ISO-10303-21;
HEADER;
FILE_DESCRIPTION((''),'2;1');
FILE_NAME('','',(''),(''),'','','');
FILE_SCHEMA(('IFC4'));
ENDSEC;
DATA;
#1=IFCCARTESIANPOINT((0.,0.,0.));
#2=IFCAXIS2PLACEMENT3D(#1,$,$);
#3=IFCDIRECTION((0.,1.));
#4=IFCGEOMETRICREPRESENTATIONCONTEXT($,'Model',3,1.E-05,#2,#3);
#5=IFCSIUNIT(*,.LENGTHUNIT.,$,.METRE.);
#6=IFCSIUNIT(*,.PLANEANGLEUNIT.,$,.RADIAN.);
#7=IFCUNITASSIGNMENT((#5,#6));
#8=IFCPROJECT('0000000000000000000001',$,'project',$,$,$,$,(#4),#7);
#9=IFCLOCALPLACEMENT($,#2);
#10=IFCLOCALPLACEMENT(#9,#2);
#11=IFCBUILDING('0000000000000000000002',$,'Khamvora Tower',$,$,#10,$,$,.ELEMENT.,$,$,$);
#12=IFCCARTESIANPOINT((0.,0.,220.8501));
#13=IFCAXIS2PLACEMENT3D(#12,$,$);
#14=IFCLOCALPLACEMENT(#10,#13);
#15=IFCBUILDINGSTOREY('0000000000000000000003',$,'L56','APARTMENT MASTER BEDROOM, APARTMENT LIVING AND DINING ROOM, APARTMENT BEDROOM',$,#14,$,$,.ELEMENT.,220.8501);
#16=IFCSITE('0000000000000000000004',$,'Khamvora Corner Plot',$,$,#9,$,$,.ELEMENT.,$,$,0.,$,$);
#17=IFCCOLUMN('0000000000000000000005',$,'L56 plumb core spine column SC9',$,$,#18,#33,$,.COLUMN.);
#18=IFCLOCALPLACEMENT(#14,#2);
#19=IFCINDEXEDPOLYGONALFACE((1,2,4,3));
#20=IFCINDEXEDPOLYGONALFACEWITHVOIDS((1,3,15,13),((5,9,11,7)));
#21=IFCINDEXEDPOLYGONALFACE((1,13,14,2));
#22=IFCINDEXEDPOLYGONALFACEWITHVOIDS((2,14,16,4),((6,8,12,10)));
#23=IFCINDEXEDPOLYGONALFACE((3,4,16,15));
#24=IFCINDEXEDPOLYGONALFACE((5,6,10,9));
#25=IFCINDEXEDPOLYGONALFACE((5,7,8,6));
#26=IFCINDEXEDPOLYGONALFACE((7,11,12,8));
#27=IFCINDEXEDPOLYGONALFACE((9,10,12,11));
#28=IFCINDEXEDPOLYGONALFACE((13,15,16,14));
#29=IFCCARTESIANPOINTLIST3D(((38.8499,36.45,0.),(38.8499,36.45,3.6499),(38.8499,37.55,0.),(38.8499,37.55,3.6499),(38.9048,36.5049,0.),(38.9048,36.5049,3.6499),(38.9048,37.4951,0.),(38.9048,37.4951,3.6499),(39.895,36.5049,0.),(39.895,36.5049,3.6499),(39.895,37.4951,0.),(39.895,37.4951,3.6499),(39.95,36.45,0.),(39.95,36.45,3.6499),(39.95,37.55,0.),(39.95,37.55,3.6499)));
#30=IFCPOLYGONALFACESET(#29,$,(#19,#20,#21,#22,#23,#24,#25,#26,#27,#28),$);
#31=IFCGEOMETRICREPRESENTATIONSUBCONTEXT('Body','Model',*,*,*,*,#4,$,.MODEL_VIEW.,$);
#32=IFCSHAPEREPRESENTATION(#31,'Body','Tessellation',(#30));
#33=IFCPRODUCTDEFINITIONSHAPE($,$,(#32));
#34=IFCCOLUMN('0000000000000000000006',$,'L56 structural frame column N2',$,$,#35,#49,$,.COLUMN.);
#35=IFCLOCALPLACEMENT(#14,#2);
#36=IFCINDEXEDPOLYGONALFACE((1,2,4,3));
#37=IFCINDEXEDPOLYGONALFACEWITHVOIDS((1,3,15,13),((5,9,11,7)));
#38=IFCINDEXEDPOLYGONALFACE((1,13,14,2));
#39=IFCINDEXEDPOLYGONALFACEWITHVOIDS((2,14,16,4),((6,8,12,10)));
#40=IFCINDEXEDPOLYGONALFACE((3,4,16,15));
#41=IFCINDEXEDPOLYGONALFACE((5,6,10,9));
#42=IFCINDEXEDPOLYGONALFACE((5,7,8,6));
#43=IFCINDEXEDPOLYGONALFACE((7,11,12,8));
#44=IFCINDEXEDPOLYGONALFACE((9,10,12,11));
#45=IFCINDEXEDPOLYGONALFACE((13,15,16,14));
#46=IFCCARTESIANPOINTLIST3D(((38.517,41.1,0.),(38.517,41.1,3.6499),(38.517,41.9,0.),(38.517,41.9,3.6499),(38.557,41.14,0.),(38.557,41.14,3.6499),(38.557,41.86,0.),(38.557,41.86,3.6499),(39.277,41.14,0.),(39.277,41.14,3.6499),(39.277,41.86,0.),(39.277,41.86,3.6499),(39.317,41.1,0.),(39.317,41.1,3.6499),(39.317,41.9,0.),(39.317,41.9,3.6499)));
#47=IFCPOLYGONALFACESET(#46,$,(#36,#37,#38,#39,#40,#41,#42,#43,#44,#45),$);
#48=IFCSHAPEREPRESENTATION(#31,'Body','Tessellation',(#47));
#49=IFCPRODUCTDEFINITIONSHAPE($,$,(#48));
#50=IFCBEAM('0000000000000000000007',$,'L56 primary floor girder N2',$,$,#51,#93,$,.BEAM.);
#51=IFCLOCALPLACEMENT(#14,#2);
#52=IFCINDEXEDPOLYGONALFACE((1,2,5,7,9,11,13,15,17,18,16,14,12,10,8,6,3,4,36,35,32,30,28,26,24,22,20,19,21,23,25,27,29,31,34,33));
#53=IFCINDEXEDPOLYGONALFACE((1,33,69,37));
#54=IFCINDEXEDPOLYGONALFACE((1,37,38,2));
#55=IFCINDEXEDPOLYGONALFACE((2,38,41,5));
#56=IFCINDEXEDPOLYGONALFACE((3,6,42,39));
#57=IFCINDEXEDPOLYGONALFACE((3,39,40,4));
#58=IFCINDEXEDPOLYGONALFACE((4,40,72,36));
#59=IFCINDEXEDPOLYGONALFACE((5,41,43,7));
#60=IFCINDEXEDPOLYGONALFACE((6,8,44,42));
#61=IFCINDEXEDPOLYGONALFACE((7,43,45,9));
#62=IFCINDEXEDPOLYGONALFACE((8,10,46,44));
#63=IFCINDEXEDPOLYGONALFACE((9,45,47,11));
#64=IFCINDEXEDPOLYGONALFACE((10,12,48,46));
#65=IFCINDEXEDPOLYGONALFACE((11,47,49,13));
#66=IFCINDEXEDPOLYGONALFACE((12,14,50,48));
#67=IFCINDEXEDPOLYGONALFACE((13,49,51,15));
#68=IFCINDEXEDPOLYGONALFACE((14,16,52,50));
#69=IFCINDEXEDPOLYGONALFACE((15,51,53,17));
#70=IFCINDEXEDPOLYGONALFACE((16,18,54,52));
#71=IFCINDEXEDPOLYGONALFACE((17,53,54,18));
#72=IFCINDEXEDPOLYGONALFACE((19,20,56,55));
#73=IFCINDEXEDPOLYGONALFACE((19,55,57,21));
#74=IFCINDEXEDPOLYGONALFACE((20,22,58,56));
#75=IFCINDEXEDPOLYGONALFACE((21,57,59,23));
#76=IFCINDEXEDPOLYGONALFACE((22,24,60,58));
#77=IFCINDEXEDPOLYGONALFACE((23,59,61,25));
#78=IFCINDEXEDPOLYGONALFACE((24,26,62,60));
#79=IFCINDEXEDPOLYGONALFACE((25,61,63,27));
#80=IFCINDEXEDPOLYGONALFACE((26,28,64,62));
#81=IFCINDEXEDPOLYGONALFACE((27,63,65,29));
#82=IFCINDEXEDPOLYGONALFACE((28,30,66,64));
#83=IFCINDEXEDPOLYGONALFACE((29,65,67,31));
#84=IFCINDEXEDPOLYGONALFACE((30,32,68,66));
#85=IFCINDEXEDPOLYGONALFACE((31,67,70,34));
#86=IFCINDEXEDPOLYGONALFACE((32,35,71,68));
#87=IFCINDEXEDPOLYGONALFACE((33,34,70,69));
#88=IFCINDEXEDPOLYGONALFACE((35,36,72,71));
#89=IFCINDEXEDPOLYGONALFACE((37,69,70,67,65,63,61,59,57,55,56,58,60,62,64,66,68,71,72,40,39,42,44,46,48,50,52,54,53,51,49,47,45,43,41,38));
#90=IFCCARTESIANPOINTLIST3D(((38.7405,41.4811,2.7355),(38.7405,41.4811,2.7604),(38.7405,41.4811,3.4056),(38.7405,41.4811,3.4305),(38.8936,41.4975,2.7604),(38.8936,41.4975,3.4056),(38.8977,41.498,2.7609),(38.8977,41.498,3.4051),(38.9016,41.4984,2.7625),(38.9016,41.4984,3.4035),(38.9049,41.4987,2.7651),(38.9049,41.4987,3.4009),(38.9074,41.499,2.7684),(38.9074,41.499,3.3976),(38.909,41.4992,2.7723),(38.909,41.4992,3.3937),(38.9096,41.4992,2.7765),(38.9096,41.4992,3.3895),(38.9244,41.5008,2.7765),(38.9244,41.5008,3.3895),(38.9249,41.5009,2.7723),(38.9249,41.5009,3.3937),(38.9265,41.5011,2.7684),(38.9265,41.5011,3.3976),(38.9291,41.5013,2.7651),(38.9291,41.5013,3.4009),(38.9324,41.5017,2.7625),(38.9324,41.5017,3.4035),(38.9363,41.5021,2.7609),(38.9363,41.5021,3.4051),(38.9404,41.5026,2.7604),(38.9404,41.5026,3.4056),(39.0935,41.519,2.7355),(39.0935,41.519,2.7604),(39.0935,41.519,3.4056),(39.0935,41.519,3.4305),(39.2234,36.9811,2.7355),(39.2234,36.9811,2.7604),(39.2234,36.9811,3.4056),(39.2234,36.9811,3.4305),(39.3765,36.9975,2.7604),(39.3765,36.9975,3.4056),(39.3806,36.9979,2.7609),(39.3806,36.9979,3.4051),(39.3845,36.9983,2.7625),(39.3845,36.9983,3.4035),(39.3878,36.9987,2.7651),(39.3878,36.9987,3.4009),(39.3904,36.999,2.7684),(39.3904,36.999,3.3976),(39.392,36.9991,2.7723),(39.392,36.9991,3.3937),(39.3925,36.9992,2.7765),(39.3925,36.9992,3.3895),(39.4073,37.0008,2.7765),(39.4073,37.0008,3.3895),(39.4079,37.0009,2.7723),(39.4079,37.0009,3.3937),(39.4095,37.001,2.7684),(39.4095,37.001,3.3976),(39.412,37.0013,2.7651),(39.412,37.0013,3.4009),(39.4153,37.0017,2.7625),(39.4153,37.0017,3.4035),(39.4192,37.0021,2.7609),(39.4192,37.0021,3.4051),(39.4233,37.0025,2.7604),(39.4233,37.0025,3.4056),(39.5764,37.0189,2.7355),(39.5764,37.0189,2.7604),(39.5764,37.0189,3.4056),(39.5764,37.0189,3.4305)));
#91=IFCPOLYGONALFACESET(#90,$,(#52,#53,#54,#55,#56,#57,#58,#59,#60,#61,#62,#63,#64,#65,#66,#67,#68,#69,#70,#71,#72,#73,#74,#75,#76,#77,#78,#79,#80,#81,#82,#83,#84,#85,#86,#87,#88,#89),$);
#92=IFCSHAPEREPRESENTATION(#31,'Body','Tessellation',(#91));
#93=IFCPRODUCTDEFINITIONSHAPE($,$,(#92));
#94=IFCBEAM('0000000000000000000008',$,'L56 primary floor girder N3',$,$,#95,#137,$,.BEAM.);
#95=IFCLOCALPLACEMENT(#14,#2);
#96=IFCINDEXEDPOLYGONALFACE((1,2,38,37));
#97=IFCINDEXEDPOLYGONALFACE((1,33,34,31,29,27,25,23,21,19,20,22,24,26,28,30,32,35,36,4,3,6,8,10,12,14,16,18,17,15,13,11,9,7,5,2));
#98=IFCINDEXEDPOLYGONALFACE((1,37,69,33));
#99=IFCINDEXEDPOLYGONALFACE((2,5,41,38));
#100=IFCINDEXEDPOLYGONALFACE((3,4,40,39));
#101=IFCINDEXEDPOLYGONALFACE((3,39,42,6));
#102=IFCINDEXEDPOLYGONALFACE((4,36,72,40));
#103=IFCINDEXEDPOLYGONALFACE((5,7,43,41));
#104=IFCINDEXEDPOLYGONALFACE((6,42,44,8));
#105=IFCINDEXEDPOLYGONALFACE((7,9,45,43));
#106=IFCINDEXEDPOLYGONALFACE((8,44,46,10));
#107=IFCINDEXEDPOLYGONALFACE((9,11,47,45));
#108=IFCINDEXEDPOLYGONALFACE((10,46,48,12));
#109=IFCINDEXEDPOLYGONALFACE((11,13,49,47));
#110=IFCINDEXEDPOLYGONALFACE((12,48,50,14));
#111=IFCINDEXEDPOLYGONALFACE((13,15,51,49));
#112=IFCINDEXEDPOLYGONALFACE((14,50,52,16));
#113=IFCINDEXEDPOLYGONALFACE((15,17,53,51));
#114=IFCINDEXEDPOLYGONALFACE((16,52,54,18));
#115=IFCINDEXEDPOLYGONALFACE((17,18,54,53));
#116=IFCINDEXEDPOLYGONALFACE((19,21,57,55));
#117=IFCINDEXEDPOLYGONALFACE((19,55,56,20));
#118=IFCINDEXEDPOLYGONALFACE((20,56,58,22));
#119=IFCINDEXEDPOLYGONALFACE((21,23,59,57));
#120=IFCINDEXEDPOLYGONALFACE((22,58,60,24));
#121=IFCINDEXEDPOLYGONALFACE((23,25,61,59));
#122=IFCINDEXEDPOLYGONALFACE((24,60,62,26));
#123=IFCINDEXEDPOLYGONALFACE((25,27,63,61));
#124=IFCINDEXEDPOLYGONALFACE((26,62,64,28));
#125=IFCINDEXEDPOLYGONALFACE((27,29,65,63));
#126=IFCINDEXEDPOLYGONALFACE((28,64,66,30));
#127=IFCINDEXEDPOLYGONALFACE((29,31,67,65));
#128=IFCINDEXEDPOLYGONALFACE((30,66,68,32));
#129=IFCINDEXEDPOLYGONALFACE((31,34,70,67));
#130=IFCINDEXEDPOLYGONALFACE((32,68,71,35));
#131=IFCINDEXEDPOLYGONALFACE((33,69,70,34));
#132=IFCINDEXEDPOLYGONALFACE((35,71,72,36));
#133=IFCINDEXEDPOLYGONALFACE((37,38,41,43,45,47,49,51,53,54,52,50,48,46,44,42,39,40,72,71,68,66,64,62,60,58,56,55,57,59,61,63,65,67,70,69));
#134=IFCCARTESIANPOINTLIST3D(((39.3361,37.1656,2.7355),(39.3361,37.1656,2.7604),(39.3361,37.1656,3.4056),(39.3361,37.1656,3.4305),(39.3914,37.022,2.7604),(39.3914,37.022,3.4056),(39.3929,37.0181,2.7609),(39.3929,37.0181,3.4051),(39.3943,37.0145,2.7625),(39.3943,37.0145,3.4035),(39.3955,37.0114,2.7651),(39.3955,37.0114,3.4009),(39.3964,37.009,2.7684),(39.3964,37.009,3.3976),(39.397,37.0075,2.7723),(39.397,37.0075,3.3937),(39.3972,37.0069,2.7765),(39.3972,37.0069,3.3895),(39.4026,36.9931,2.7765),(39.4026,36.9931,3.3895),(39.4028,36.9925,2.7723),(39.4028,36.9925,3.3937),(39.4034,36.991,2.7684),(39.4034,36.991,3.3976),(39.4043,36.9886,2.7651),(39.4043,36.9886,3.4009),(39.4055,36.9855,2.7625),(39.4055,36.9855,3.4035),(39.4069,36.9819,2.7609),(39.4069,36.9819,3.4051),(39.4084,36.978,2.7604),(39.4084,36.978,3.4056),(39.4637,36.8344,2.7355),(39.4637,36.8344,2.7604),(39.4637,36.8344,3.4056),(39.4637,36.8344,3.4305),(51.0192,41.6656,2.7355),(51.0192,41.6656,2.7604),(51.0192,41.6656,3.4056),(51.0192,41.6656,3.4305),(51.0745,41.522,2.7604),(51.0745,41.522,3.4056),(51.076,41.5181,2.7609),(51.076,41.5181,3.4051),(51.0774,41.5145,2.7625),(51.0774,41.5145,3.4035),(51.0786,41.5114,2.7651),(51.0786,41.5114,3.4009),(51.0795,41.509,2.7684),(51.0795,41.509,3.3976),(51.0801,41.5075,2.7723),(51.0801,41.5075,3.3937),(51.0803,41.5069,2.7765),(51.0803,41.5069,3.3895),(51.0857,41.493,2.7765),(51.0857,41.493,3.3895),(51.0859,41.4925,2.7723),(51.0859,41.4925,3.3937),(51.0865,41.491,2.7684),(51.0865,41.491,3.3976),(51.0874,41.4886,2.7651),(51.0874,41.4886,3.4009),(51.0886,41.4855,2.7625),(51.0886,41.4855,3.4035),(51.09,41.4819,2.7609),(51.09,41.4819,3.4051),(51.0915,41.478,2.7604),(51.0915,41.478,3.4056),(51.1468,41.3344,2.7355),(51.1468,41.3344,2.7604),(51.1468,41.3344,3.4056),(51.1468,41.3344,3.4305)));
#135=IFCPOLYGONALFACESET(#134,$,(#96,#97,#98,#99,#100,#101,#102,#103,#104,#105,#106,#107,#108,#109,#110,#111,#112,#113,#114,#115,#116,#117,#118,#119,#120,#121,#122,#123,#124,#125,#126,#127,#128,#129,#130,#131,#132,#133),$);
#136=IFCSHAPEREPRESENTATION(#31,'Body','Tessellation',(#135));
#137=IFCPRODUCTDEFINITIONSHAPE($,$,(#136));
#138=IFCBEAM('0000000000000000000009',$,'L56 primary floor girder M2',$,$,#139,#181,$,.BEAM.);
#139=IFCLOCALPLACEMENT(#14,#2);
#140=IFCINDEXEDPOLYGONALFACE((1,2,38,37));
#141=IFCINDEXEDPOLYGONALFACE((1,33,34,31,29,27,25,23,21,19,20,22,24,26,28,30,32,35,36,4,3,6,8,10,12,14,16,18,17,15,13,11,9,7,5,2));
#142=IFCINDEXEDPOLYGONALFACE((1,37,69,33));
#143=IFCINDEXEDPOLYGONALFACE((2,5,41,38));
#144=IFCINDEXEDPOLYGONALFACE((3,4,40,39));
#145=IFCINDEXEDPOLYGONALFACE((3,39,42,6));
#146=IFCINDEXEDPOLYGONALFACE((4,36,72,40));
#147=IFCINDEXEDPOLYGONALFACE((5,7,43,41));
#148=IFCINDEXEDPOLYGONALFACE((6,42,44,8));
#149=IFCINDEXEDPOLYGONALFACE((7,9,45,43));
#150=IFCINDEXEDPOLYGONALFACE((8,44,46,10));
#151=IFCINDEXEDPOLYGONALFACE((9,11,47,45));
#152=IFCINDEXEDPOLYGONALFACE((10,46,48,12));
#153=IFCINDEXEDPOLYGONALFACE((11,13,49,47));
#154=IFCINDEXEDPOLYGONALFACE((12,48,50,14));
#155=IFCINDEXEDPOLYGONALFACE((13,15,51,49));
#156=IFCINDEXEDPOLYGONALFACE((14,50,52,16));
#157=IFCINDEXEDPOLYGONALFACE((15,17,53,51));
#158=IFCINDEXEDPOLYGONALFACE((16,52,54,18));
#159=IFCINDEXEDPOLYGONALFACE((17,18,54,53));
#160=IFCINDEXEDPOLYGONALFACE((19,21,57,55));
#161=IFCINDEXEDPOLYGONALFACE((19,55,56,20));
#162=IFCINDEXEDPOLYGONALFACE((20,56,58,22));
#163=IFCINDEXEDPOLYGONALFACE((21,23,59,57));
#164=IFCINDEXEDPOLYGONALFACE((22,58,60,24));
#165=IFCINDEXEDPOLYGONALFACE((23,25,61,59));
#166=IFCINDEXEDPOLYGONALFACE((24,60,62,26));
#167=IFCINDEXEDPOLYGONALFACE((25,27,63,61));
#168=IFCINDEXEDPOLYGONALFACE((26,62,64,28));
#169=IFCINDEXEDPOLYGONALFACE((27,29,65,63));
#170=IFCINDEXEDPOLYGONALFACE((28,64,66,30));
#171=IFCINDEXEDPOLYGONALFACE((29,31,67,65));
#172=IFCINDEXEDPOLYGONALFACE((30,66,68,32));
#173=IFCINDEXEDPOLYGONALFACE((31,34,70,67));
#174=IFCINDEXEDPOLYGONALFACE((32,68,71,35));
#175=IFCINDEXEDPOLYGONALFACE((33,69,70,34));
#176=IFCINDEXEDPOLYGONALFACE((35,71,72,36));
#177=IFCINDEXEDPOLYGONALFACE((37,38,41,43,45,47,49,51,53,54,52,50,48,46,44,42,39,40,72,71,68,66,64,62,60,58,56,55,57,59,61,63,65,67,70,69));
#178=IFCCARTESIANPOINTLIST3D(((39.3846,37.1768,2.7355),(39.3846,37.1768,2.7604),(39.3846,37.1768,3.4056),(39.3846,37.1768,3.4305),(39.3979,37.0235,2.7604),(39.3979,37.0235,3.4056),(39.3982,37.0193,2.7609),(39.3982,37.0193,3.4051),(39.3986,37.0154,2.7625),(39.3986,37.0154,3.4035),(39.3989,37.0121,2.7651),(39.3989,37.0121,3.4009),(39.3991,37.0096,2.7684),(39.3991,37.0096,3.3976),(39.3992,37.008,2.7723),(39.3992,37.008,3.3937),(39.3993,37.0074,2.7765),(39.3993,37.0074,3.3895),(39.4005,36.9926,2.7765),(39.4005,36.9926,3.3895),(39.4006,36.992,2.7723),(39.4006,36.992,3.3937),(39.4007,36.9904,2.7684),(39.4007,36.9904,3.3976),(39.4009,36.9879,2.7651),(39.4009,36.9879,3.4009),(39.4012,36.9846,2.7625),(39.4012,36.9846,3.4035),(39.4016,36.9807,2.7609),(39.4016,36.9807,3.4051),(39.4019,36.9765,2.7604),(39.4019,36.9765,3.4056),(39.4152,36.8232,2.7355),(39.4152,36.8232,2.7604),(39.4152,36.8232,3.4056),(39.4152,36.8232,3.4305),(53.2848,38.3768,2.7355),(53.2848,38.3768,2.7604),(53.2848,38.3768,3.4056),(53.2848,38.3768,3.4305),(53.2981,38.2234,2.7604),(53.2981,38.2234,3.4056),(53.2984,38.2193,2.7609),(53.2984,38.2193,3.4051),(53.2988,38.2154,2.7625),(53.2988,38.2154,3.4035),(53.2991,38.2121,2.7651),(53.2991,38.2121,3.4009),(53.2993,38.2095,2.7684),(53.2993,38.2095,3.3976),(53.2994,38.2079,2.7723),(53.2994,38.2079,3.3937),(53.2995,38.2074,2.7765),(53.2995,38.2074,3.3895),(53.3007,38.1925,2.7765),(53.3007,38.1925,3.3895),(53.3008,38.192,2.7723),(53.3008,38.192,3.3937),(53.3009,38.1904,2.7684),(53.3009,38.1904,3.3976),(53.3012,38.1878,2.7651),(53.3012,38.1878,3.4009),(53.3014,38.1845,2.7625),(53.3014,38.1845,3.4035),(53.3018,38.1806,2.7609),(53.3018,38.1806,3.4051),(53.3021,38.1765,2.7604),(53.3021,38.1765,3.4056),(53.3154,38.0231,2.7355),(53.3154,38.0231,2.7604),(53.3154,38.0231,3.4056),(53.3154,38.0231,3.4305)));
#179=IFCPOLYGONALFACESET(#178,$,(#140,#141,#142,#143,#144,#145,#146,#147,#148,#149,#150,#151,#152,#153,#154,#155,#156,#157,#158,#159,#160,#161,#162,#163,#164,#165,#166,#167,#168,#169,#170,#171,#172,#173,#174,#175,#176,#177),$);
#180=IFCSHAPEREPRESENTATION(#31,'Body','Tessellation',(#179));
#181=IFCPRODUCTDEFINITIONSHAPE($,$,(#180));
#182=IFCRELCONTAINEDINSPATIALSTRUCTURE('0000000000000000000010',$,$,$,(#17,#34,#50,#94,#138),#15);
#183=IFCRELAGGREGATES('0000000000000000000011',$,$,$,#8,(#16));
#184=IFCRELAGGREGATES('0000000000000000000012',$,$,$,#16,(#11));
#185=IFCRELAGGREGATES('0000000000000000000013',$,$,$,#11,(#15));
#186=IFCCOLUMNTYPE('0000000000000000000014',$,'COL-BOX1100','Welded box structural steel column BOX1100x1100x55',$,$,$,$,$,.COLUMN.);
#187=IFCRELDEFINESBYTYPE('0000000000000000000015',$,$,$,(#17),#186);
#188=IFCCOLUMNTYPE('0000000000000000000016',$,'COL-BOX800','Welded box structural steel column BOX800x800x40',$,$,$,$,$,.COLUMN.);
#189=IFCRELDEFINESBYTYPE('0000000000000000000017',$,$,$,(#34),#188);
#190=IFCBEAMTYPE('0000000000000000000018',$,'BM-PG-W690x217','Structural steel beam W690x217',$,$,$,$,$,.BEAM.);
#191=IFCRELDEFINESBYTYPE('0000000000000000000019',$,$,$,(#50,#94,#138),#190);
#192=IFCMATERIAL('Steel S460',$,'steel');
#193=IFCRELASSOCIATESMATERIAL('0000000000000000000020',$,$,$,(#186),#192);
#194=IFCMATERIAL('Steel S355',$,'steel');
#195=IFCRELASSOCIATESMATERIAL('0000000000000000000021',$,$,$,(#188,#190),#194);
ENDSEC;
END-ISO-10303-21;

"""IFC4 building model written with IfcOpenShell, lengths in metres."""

from ifc_helpers import new_model, si_unit, direction, frame, origin, origin_2d, place, context, subcontext, project, spatial, hollow_rectangle, i_section, extrude, material, material_profile, profile_set, type_object, element, save


model = new_model("IFC4")

# Units and contexts
model_context = context("Model", 3, precision=1e-05, world=origin(), true_north=direction((0.0, 1.0)))
body_context = subcontext(model_context, "Body", "Model", "MODEL_VIEW")
ifc_project = project(units=[si_unit("LENGTHUNIT", "METRE"), si_unit("PLANEANGLEUNIT", "RADIAN")], contexts=[model_context])

# Site, building, storey
site_placement = place(None, origin())
site = spatial("IfcSite", under=ifc_project, at=site_placement, Name="Khamvora Corner Plot", CompositionType="ELEMENT", RefElevation=0.0)
building_placement = place(site_placement, origin())
building = spatial("IfcBuilding", under=site, at=building_placement, Name="Khamvora Tower", CompositionType="ELEMENT")
storey_placement = place(building_placement, frame((0.0, 0.0, 220.8501)))
storey = spatial("IfcBuildingStorey", under=building, at=storey_placement, Name="L56", Description="APARTMENT MASTER BEDROOM, APARTMENT LIVING AND DINING ROOM, APARTMENT BEDROOM", CompositionType="ELEMENT", Elevation=220.8501)

# Columns
ifc_material_1 = material(Name="Steel S460", Category="steel")
ifc_material_profile_1 = material_profile(ifc_material_1, hollow_rectangle(XDim=1.1001, YDim=1.1001, WallThickness=0.0549, at=origin_2d()), Name="BOX1100x1100x55")
ifc_profile_set_1 = profile_set([ifc_material_profile_1], Name="Steel S460")
column_type_1 = type_object("IfcColumnType", Name="COL-BOX1100", Description="Welded box structural steel column BOX1100x1100x55", PredefinedType="COLUMN", material=ifc_profile_set_1)
column_1_placement = place(storey_placement, frame((39.3999, 37.0, 0.0), z_axis=(0.0, 0.0, 1.0), x_axis=(1.0, 0.0, 0.0)))
element("IfcColumn", 1, at=column_1_placement, inside=storey, type_object=column_type_1, Name="L56 plumb core spine column SC9", PredefinedType="COLUMN", context=body_context, shape_type="SweptSolid", body=[
    extrude(hollow_rectangle(XDim=1.1001, YDim=1.1001, WallThickness=0.0549, at=origin_2d()), origin(), (0.0, 0.0, 1.0), 3.6499),
])
ifc_material_2 = material(Name="Steel S355", Category="steel")
ifc_material_profile_2 = material_profile(ifc_material_2, hollow_rectangle(XDim=0.8, YDim=0.8, WallThickness=0.04, at=origin_2d()), Name="BOX800x800x40")
ifc_profile_set_2 = profile_set([ifc_material_profile_2], Name="Steel S355")
column_type_2 = type_object("IfcColumnType", Name="COL-BOX800", Description="Welded box structural steel column BOX800x800x40", PredefinedType="COLUMN", material=ifc_profile_set_2)
column_2_placement = place(storey_placement, frame((38.917, 41.5, 0.0), z_axis=(0.0, 0.0, 1.0), x_axis=(1.0, 0.0, 0.0)))
element("IfcColumn", 2, at=column_2_placement, inside=storey, type_object=column_type_2, Name="L56 structural frame column N2", PredefinedType="COLUMN", context=body_context, shape_type="SweptSolid", body=[
    extrude(hollow_rectangle(XDim=0.8, YDim=0.8, WallThickness=0.04, at=origin_2d()), origin(), (0.0, 0.0, 1.0), 3.6499),
])

# Beams
ifc_material_profile_3 = material_profile(ifc_material_2, i_section(OverallWidth=0.355, OverallDepth=0.6951, WebThickness=0.0149, FlangeThickness=0.0249, FilletRadius=0.0161, at=origin_2d()), Name="W690x217")
ifc_profile_set_3 = profile_set([ifc_material_profile_3], Name="Steel S355")
beam_type_1 = type_object("IfcBeamType", Name="BM-PG-W690x217", Description="Structural steel beam W690x217", PredefinedType="BEAM", material=ifc_profile_set_3)
beam_1_placement = place(storey_placement, frame((39.3999, 37.0, 3.083), z_axis=(-0.106701, 0.994291, 0.0), x_axis=(-0.994291, -0.106701, 0.0)))
element("IfcBeam", 3, at=beam_1_placement, inside=storey, type_object=beam_type_1, Name="L56 primary floor girder N2", PredefinedType="BEAM", context=body_context, shape_type="SweptSolid", body=[
    extrude(i_section(OverallWidth=0.355, OverallDepth=0.6951, WebThickness=0.0149, FlangeThickness=0.0249, FilletRadius=0.0161, at=origin_2d()), origin(), (0.0, 0.0, 1.0), 4.5259),
])
beam_2_placement = place(storey_placement, frame((39.3999, 37.0, 3.083), z_axis=(0.933172, 0.359431, 0.0), x_axis=(-0.359431, 0.933172, 0.0)))
element("IfcBeam", 4, at=beam_2_placement, inside=storey, type_object=beam_type_1, Name="L56 primary floor girder N3", PredefinedType="BEAM", context=body_context, shape_type="SweptSolid", body=[
    extrude(i_section(OverallWidth=0.355, OverallDepth=0.6951, WebThickness=0.0149, FlangeThickness=0.0249, FilletRadius=0.0161, at=origin_2d()), origin(), (0.0, 0.0, 1.0), 12.5198),
])
beam_3_placement = place(storey_placement, frame((39.3999, 37.0, 3.083), z_axis=(0.996295, 0.086007, 0.0), x_axis=(-0.086007, 0.996295, 0.0)))
element("IfcBeam", 5, at=beam_3_placement, inside=storey, type_object=beam_type_1, Name="L56 primary floor girder M2", PredefinedType="BEAM", context=body_context, shape_type="SweptSolid", body=[
    extrude(i_section(OverallWidth=0.355, OverallDepth=0.6951, WebThickness=0.0149, FlangeThickness=0.0249, FilletRadius=0.0161, at=origin_2d()), origin(), (0.0, 0.0, 1.0), 13.9519),
])

save(model, "model.ifc")
